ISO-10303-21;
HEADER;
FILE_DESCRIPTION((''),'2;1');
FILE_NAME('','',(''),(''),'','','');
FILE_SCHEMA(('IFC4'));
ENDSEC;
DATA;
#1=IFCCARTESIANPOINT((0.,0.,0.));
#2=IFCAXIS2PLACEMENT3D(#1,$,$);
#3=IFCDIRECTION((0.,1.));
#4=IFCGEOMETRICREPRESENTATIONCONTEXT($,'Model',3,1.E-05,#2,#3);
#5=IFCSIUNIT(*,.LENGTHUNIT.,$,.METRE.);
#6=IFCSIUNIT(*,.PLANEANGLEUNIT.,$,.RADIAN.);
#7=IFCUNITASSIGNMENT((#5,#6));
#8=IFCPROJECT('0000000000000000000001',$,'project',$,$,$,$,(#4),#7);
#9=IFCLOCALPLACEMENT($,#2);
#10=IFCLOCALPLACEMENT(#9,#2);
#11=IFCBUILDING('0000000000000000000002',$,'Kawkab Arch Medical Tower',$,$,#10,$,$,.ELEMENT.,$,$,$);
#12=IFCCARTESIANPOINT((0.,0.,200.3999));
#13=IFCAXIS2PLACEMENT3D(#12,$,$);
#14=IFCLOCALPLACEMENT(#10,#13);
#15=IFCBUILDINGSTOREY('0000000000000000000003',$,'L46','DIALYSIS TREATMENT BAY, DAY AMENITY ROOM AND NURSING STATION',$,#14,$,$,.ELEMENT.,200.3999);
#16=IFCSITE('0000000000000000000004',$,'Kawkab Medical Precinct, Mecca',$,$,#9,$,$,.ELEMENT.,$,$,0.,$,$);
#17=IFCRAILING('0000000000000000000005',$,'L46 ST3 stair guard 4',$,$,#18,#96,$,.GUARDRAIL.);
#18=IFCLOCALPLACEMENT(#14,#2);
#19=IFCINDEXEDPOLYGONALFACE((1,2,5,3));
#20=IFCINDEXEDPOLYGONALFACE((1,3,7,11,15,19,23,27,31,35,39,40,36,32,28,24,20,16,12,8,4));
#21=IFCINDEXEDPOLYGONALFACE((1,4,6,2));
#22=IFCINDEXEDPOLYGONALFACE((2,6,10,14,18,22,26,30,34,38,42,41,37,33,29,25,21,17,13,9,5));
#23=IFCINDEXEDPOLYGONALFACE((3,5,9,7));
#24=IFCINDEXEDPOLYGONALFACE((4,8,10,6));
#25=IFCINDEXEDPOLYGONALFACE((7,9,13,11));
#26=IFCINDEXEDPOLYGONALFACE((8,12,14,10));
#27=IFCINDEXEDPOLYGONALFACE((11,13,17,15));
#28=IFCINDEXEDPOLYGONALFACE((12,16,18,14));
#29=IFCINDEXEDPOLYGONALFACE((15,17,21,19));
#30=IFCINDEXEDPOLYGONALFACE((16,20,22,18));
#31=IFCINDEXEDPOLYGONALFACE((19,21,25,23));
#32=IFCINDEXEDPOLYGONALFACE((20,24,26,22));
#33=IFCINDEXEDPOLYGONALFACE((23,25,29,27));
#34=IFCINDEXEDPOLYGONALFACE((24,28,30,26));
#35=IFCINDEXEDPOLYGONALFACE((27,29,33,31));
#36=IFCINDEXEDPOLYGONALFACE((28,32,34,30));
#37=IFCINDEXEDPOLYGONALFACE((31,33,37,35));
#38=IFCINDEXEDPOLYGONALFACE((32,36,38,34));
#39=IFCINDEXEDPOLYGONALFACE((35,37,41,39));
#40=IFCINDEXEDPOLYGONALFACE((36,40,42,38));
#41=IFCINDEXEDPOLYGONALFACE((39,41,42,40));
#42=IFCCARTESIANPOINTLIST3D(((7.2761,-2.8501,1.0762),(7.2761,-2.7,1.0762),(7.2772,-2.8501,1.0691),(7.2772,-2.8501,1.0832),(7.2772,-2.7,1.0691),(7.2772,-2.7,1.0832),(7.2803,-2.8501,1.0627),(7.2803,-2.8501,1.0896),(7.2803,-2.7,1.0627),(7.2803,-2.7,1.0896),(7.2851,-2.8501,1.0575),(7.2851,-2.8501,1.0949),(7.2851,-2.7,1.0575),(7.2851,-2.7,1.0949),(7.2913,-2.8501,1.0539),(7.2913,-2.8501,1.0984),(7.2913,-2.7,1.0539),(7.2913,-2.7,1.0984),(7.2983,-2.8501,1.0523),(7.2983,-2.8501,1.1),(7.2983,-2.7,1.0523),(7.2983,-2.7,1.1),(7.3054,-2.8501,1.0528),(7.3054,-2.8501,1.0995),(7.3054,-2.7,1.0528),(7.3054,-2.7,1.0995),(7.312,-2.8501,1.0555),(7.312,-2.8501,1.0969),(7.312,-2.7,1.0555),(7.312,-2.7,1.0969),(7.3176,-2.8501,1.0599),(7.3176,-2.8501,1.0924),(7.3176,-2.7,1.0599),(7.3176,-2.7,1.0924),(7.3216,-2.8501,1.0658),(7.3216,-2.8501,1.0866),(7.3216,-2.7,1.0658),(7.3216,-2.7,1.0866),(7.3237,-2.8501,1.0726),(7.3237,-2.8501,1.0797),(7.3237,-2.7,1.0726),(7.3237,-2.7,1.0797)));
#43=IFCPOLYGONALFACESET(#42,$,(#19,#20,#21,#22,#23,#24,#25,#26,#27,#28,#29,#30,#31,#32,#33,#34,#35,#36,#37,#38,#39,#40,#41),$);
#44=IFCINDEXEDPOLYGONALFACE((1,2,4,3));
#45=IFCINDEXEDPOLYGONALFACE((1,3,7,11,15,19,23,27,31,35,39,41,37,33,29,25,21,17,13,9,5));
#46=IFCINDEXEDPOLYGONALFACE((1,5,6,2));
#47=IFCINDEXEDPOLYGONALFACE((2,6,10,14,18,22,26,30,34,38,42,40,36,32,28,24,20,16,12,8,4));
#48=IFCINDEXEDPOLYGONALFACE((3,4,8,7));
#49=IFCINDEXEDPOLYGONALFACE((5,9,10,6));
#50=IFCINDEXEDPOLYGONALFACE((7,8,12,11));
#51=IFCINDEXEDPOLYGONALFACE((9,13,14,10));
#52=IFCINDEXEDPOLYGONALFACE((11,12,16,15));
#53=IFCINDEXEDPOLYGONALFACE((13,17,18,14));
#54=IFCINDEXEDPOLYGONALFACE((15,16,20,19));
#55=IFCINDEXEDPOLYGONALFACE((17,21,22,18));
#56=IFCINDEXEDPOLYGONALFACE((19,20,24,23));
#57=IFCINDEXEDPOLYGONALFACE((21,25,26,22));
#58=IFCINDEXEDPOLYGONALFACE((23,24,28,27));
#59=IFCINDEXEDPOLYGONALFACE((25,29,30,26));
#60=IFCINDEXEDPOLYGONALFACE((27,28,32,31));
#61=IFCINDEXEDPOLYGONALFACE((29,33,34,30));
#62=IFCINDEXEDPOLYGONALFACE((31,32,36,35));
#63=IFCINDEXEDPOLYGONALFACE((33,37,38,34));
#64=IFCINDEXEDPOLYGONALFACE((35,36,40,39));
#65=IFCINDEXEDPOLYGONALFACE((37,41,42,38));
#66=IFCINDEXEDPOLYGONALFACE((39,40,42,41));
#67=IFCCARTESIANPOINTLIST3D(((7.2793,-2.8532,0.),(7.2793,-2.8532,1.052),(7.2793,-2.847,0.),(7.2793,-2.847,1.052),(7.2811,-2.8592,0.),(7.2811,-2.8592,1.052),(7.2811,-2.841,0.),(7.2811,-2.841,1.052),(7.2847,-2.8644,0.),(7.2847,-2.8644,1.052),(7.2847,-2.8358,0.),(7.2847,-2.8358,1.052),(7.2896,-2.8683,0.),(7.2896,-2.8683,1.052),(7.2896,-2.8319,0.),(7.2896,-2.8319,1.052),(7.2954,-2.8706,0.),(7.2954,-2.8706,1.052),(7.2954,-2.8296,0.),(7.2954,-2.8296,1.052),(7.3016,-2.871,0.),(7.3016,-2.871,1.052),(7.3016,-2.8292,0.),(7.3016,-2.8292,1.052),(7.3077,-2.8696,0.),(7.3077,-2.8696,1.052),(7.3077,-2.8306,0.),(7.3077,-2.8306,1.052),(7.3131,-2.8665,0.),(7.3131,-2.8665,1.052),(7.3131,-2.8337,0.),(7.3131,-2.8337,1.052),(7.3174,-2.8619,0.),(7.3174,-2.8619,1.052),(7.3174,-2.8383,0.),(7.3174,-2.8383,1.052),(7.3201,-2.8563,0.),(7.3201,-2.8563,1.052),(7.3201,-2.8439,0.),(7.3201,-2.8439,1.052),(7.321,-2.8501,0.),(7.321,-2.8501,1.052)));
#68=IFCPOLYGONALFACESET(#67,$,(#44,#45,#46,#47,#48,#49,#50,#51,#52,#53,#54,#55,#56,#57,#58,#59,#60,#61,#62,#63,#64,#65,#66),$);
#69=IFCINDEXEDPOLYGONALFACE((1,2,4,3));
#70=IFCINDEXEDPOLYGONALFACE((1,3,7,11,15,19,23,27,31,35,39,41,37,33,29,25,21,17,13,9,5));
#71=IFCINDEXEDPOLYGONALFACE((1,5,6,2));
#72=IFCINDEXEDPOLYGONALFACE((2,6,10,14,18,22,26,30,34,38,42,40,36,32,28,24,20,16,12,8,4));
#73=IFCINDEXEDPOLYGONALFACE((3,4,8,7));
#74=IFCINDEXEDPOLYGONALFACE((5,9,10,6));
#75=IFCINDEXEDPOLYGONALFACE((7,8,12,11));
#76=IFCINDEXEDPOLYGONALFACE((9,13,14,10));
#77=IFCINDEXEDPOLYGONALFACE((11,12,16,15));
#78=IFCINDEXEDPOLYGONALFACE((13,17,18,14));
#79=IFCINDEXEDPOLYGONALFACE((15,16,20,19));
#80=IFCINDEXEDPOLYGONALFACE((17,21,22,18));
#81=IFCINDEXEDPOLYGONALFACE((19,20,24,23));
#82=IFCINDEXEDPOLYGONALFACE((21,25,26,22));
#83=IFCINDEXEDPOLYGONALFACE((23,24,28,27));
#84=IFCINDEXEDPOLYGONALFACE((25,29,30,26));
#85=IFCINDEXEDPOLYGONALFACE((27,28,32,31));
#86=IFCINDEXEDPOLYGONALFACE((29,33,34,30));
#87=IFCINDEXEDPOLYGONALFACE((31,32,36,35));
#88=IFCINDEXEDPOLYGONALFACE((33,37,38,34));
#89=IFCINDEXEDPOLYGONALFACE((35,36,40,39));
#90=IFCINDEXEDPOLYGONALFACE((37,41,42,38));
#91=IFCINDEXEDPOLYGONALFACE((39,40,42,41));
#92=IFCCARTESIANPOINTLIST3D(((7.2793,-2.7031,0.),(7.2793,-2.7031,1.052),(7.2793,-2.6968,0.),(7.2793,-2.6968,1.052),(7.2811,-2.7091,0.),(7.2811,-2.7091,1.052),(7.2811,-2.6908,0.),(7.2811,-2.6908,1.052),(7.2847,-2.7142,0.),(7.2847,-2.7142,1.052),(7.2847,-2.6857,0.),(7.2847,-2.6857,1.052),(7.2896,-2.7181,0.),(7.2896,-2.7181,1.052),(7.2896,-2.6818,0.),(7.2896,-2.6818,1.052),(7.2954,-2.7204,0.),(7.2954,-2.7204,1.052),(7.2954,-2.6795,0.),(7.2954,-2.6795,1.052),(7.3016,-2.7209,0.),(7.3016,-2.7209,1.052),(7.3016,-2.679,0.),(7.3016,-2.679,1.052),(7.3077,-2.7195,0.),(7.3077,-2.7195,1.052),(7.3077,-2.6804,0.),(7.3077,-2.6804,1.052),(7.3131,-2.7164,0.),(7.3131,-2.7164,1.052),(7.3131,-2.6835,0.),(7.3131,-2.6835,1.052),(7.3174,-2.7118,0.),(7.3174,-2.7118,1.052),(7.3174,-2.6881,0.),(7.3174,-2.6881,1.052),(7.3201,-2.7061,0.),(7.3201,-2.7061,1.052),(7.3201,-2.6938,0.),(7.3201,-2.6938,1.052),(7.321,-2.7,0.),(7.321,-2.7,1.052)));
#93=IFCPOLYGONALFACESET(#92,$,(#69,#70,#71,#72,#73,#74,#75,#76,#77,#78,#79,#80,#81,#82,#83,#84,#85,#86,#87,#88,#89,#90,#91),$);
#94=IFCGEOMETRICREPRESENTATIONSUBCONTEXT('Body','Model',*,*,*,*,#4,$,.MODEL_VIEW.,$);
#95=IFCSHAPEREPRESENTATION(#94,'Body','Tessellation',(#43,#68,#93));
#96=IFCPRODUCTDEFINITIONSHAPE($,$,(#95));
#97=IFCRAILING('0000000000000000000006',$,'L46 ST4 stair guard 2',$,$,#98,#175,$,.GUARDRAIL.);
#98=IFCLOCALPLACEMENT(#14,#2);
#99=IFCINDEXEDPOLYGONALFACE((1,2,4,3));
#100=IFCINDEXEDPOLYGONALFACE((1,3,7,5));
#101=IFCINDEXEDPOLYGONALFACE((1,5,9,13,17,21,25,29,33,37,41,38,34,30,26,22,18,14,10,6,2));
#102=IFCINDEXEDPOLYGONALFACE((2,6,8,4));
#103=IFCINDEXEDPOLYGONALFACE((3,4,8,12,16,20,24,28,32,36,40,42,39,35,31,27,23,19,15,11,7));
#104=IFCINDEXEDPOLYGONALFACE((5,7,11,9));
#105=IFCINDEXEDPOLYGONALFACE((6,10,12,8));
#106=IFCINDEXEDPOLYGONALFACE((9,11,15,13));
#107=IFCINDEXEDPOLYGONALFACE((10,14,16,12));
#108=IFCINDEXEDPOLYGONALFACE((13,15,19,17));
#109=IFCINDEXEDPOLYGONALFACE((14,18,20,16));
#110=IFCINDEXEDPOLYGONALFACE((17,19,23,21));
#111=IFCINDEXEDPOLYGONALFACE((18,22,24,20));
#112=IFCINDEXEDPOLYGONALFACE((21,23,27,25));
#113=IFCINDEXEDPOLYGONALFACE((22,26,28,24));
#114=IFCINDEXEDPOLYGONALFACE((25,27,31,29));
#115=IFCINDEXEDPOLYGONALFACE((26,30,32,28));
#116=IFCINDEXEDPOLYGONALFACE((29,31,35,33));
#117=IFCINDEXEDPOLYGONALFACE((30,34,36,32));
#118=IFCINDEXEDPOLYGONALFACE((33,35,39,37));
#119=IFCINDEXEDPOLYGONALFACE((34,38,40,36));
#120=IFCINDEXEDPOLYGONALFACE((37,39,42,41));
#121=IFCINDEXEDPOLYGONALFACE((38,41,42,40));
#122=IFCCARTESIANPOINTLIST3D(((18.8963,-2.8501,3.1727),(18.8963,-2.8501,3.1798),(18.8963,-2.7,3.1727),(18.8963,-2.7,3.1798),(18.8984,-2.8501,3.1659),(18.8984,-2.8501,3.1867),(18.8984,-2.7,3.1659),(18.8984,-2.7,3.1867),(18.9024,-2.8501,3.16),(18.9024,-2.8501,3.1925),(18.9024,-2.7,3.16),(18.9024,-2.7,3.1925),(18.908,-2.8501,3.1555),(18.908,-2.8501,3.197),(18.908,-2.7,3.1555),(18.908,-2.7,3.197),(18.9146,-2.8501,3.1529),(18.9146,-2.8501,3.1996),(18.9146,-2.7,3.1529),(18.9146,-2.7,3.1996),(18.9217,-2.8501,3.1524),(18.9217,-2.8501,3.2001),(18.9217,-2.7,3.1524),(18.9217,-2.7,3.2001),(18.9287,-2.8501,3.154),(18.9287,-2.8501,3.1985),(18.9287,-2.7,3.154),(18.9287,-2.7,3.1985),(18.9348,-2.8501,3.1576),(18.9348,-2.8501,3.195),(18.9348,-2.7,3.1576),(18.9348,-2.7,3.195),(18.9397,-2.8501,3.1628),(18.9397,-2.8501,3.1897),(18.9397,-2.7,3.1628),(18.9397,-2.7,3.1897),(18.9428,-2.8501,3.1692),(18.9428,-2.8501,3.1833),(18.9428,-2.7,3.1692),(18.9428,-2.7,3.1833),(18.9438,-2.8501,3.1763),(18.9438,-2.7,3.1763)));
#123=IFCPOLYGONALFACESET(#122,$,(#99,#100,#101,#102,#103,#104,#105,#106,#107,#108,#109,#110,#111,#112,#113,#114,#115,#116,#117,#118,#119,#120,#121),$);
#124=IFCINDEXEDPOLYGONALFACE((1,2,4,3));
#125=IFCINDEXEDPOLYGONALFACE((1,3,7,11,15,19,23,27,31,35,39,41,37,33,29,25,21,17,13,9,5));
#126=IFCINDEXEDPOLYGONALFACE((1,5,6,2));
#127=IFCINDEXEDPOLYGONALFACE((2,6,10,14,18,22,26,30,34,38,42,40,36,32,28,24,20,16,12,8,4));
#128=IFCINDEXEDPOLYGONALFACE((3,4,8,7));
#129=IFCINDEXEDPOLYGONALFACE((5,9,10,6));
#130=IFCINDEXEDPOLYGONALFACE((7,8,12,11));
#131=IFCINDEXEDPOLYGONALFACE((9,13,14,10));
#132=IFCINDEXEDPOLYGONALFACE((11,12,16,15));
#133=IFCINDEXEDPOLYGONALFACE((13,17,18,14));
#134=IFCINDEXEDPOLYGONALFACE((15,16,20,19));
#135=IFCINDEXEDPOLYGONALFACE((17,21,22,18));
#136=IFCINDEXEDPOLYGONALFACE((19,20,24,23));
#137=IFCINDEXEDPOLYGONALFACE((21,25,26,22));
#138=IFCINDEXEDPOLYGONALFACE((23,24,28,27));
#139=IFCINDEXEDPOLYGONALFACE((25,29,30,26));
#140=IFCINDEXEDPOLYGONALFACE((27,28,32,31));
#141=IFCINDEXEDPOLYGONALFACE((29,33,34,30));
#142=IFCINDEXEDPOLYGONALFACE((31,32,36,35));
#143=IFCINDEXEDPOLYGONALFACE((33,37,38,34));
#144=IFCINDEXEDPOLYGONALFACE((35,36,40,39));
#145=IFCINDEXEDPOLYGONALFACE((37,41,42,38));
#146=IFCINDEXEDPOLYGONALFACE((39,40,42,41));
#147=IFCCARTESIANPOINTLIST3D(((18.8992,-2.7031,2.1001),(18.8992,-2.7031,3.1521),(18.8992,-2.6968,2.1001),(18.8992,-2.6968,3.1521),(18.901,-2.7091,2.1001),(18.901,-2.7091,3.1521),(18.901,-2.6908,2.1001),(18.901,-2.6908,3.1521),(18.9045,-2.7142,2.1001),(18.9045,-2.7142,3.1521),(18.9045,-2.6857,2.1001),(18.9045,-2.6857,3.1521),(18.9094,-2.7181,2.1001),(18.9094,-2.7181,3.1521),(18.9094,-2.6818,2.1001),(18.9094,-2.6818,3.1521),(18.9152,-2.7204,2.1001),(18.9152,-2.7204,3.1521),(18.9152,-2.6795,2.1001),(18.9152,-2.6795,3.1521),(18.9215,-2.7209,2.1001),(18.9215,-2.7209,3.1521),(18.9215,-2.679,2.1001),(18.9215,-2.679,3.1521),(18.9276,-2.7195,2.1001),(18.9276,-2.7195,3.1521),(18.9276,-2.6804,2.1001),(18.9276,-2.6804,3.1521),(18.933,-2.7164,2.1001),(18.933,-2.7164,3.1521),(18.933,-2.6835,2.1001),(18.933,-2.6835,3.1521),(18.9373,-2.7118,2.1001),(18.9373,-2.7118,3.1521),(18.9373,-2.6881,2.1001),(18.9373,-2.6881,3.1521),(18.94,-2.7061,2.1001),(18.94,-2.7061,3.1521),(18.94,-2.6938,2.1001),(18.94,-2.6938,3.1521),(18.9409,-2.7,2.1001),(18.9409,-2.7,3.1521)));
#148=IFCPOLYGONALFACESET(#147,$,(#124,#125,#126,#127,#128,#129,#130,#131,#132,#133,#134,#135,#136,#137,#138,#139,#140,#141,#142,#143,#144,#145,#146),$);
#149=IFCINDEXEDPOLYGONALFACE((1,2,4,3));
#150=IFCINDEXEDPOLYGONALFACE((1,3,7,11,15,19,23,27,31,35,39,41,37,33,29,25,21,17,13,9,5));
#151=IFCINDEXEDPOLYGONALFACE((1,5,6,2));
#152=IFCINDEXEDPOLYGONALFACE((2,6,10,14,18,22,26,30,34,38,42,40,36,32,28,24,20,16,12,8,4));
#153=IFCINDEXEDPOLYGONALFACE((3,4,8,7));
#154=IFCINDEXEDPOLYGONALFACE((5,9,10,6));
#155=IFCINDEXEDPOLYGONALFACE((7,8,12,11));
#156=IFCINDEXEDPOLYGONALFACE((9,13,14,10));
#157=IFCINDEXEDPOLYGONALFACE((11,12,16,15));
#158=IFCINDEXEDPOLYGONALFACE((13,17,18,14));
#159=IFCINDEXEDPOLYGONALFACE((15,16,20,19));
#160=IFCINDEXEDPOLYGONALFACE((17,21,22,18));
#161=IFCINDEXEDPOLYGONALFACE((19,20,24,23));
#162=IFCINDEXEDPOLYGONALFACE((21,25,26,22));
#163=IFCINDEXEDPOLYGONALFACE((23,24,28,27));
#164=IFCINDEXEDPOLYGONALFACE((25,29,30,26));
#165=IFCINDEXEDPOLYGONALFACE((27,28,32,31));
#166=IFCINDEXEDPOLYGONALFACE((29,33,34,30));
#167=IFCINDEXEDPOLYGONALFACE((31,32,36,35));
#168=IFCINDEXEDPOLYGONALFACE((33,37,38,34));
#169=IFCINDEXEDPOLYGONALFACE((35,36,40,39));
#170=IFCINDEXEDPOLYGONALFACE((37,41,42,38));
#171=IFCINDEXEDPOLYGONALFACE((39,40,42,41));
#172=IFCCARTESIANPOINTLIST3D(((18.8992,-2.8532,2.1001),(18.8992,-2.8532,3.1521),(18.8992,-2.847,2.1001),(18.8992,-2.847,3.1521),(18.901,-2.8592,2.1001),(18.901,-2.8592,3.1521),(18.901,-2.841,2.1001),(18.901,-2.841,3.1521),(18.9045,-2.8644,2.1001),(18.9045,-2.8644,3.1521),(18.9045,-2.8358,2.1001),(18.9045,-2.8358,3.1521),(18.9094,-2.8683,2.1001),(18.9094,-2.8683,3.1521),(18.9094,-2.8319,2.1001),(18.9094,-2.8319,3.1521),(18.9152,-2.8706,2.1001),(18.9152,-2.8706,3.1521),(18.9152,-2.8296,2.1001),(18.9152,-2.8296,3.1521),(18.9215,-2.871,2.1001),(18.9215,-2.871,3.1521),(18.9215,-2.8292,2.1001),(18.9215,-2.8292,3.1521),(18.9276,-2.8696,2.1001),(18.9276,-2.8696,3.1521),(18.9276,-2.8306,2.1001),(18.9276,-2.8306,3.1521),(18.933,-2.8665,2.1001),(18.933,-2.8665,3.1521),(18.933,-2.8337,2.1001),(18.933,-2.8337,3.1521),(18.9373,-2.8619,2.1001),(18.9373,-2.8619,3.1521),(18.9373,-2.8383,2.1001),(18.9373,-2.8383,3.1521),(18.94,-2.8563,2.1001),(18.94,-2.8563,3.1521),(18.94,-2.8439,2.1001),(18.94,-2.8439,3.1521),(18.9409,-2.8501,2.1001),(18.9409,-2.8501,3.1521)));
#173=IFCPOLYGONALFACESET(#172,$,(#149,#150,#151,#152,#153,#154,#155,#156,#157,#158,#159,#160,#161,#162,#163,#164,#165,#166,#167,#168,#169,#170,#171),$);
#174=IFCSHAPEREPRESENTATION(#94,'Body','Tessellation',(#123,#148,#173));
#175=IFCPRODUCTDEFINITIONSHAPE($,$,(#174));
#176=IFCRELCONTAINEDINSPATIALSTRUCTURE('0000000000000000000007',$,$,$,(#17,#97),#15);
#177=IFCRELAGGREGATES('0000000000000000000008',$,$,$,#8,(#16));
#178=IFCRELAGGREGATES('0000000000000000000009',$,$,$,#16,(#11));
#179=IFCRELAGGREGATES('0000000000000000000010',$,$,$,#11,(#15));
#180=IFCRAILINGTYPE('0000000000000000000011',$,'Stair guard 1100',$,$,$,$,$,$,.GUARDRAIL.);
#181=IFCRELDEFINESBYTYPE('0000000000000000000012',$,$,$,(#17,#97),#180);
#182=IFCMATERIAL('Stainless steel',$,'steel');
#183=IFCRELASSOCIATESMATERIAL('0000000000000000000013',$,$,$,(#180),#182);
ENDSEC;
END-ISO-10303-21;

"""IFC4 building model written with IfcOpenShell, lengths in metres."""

from ifc_helpers import new_model, si_unit, direction, frame, origin, origin_2d, place, context, subcontext, project, spatial, circle, extrude, material, type_object, element, save


model = new_model("IFC4")

# Units and contexts
model_context = context("Model", 3, precision=1e-05, world=origin(), true_north=direction((0.0, 1.0)))
body_context = subcontext(model_context, "Body", "Model", "MODEL_VIEW")
ifc_project = project(units=[si_unit("LENGTHUNIT", "METRE"), si_unit("PLANEANGLEUNIT", "RADIAN")], contexts=[model_context])

# Site, building, storey
site_placement = place(None, origin())
site = spatial("IfcSite", under=ifc_project, at=site_placement, Name="Kawkab Medical Precinct, Mecca", CompositionType="ELEMENT", RefElevation=0.0)
building_placement = place(site_placement, origin())
building = spatial("IfcBuilding", under=site, at=building_placement, Name="Kawkab Arch Medical Tower", CompositionType="ELEMENT")
storey_placement = place(building_placement, frame((0.0, 0.0, 200.3999)))
storey = spatial("IfcBuildingStorey", under=building, at=storey_placement, Name="L46", Description="DIALYSIS TREATMENT BAY, DAY AMENITY ROOM AND NURSING STATION", CompositionType="ELEMENT", Elevation=200.3999)

# Railings
ifc_material_1 = material(Name="Stainless steel", Category="steel")
railing_type_1 = type_object("IfcRailingType", Name="Stair guard 1100", PredefinedType="GUARDRAIL", material=ifc_material_1)
railing_1_placement = place(storey_placement, frame((7.3, -2.8501, 0.0)))
element("IfcRailing", 1, at=railing_1_placement, inside=storey, type_object=railing_type_1, Name="L46 ST3 stair guard 4", PredefinedType="GUARDRAIL", context=body_context, shape_type="SweptSolid", body=[
    extrude(circle(Radius=0.0239, at=origin_2d()), frame((0.0, 0.0, 1.0762), z_axis=(0.0, 1.0, 0.0), x_axis=(-1.0, 0.0, 0.0)), (0.0, 0.0, 1.0), 0.1501),
    extrude(circle(Radius=0.021, at=origin_2d()), origin(), (0.0, 0.0, 1.0), 1.052),
    extrude(circle(Radius=0.021, at=origin_2d()), frame((0.0, 0.1501, 0.0)), (0.0, 0.0, 1.0), 1.052),
])
railing_2_placement = place(storey_placement, frame((18.9199, -2.7, 2.1001)))
element("IfcRailing", 2, at=railing_2_placement, inside=storey, type_object=railing_type_1, Name="L46 ST4 stair guard 2", PredefinedType="GUARDRAIL", context=body_context, shape_type="SweptSolid", body=[
    extrude(circle(Radius=0.0239, at=origin_2d()), frame((0.0, 0.0, 1.0762), z_axis=(0.0, -1.0, 0.0), x_axis=(1.0, 0.0, 0.0)), (0.0, 0.0, 1.0), 0.1501),
    extrude(circle(Radius=0.021, at=origin_2d()), origin(), (0.0, 0.0, 1.0), 1.052),
    extrude(circle(Radius=0.021, at=origin_2d()), frame((0.0, -0.1501, 0.0)), (0.0, 0.0, 1.0), 1.052),
])

save(model, "model.ifc")
